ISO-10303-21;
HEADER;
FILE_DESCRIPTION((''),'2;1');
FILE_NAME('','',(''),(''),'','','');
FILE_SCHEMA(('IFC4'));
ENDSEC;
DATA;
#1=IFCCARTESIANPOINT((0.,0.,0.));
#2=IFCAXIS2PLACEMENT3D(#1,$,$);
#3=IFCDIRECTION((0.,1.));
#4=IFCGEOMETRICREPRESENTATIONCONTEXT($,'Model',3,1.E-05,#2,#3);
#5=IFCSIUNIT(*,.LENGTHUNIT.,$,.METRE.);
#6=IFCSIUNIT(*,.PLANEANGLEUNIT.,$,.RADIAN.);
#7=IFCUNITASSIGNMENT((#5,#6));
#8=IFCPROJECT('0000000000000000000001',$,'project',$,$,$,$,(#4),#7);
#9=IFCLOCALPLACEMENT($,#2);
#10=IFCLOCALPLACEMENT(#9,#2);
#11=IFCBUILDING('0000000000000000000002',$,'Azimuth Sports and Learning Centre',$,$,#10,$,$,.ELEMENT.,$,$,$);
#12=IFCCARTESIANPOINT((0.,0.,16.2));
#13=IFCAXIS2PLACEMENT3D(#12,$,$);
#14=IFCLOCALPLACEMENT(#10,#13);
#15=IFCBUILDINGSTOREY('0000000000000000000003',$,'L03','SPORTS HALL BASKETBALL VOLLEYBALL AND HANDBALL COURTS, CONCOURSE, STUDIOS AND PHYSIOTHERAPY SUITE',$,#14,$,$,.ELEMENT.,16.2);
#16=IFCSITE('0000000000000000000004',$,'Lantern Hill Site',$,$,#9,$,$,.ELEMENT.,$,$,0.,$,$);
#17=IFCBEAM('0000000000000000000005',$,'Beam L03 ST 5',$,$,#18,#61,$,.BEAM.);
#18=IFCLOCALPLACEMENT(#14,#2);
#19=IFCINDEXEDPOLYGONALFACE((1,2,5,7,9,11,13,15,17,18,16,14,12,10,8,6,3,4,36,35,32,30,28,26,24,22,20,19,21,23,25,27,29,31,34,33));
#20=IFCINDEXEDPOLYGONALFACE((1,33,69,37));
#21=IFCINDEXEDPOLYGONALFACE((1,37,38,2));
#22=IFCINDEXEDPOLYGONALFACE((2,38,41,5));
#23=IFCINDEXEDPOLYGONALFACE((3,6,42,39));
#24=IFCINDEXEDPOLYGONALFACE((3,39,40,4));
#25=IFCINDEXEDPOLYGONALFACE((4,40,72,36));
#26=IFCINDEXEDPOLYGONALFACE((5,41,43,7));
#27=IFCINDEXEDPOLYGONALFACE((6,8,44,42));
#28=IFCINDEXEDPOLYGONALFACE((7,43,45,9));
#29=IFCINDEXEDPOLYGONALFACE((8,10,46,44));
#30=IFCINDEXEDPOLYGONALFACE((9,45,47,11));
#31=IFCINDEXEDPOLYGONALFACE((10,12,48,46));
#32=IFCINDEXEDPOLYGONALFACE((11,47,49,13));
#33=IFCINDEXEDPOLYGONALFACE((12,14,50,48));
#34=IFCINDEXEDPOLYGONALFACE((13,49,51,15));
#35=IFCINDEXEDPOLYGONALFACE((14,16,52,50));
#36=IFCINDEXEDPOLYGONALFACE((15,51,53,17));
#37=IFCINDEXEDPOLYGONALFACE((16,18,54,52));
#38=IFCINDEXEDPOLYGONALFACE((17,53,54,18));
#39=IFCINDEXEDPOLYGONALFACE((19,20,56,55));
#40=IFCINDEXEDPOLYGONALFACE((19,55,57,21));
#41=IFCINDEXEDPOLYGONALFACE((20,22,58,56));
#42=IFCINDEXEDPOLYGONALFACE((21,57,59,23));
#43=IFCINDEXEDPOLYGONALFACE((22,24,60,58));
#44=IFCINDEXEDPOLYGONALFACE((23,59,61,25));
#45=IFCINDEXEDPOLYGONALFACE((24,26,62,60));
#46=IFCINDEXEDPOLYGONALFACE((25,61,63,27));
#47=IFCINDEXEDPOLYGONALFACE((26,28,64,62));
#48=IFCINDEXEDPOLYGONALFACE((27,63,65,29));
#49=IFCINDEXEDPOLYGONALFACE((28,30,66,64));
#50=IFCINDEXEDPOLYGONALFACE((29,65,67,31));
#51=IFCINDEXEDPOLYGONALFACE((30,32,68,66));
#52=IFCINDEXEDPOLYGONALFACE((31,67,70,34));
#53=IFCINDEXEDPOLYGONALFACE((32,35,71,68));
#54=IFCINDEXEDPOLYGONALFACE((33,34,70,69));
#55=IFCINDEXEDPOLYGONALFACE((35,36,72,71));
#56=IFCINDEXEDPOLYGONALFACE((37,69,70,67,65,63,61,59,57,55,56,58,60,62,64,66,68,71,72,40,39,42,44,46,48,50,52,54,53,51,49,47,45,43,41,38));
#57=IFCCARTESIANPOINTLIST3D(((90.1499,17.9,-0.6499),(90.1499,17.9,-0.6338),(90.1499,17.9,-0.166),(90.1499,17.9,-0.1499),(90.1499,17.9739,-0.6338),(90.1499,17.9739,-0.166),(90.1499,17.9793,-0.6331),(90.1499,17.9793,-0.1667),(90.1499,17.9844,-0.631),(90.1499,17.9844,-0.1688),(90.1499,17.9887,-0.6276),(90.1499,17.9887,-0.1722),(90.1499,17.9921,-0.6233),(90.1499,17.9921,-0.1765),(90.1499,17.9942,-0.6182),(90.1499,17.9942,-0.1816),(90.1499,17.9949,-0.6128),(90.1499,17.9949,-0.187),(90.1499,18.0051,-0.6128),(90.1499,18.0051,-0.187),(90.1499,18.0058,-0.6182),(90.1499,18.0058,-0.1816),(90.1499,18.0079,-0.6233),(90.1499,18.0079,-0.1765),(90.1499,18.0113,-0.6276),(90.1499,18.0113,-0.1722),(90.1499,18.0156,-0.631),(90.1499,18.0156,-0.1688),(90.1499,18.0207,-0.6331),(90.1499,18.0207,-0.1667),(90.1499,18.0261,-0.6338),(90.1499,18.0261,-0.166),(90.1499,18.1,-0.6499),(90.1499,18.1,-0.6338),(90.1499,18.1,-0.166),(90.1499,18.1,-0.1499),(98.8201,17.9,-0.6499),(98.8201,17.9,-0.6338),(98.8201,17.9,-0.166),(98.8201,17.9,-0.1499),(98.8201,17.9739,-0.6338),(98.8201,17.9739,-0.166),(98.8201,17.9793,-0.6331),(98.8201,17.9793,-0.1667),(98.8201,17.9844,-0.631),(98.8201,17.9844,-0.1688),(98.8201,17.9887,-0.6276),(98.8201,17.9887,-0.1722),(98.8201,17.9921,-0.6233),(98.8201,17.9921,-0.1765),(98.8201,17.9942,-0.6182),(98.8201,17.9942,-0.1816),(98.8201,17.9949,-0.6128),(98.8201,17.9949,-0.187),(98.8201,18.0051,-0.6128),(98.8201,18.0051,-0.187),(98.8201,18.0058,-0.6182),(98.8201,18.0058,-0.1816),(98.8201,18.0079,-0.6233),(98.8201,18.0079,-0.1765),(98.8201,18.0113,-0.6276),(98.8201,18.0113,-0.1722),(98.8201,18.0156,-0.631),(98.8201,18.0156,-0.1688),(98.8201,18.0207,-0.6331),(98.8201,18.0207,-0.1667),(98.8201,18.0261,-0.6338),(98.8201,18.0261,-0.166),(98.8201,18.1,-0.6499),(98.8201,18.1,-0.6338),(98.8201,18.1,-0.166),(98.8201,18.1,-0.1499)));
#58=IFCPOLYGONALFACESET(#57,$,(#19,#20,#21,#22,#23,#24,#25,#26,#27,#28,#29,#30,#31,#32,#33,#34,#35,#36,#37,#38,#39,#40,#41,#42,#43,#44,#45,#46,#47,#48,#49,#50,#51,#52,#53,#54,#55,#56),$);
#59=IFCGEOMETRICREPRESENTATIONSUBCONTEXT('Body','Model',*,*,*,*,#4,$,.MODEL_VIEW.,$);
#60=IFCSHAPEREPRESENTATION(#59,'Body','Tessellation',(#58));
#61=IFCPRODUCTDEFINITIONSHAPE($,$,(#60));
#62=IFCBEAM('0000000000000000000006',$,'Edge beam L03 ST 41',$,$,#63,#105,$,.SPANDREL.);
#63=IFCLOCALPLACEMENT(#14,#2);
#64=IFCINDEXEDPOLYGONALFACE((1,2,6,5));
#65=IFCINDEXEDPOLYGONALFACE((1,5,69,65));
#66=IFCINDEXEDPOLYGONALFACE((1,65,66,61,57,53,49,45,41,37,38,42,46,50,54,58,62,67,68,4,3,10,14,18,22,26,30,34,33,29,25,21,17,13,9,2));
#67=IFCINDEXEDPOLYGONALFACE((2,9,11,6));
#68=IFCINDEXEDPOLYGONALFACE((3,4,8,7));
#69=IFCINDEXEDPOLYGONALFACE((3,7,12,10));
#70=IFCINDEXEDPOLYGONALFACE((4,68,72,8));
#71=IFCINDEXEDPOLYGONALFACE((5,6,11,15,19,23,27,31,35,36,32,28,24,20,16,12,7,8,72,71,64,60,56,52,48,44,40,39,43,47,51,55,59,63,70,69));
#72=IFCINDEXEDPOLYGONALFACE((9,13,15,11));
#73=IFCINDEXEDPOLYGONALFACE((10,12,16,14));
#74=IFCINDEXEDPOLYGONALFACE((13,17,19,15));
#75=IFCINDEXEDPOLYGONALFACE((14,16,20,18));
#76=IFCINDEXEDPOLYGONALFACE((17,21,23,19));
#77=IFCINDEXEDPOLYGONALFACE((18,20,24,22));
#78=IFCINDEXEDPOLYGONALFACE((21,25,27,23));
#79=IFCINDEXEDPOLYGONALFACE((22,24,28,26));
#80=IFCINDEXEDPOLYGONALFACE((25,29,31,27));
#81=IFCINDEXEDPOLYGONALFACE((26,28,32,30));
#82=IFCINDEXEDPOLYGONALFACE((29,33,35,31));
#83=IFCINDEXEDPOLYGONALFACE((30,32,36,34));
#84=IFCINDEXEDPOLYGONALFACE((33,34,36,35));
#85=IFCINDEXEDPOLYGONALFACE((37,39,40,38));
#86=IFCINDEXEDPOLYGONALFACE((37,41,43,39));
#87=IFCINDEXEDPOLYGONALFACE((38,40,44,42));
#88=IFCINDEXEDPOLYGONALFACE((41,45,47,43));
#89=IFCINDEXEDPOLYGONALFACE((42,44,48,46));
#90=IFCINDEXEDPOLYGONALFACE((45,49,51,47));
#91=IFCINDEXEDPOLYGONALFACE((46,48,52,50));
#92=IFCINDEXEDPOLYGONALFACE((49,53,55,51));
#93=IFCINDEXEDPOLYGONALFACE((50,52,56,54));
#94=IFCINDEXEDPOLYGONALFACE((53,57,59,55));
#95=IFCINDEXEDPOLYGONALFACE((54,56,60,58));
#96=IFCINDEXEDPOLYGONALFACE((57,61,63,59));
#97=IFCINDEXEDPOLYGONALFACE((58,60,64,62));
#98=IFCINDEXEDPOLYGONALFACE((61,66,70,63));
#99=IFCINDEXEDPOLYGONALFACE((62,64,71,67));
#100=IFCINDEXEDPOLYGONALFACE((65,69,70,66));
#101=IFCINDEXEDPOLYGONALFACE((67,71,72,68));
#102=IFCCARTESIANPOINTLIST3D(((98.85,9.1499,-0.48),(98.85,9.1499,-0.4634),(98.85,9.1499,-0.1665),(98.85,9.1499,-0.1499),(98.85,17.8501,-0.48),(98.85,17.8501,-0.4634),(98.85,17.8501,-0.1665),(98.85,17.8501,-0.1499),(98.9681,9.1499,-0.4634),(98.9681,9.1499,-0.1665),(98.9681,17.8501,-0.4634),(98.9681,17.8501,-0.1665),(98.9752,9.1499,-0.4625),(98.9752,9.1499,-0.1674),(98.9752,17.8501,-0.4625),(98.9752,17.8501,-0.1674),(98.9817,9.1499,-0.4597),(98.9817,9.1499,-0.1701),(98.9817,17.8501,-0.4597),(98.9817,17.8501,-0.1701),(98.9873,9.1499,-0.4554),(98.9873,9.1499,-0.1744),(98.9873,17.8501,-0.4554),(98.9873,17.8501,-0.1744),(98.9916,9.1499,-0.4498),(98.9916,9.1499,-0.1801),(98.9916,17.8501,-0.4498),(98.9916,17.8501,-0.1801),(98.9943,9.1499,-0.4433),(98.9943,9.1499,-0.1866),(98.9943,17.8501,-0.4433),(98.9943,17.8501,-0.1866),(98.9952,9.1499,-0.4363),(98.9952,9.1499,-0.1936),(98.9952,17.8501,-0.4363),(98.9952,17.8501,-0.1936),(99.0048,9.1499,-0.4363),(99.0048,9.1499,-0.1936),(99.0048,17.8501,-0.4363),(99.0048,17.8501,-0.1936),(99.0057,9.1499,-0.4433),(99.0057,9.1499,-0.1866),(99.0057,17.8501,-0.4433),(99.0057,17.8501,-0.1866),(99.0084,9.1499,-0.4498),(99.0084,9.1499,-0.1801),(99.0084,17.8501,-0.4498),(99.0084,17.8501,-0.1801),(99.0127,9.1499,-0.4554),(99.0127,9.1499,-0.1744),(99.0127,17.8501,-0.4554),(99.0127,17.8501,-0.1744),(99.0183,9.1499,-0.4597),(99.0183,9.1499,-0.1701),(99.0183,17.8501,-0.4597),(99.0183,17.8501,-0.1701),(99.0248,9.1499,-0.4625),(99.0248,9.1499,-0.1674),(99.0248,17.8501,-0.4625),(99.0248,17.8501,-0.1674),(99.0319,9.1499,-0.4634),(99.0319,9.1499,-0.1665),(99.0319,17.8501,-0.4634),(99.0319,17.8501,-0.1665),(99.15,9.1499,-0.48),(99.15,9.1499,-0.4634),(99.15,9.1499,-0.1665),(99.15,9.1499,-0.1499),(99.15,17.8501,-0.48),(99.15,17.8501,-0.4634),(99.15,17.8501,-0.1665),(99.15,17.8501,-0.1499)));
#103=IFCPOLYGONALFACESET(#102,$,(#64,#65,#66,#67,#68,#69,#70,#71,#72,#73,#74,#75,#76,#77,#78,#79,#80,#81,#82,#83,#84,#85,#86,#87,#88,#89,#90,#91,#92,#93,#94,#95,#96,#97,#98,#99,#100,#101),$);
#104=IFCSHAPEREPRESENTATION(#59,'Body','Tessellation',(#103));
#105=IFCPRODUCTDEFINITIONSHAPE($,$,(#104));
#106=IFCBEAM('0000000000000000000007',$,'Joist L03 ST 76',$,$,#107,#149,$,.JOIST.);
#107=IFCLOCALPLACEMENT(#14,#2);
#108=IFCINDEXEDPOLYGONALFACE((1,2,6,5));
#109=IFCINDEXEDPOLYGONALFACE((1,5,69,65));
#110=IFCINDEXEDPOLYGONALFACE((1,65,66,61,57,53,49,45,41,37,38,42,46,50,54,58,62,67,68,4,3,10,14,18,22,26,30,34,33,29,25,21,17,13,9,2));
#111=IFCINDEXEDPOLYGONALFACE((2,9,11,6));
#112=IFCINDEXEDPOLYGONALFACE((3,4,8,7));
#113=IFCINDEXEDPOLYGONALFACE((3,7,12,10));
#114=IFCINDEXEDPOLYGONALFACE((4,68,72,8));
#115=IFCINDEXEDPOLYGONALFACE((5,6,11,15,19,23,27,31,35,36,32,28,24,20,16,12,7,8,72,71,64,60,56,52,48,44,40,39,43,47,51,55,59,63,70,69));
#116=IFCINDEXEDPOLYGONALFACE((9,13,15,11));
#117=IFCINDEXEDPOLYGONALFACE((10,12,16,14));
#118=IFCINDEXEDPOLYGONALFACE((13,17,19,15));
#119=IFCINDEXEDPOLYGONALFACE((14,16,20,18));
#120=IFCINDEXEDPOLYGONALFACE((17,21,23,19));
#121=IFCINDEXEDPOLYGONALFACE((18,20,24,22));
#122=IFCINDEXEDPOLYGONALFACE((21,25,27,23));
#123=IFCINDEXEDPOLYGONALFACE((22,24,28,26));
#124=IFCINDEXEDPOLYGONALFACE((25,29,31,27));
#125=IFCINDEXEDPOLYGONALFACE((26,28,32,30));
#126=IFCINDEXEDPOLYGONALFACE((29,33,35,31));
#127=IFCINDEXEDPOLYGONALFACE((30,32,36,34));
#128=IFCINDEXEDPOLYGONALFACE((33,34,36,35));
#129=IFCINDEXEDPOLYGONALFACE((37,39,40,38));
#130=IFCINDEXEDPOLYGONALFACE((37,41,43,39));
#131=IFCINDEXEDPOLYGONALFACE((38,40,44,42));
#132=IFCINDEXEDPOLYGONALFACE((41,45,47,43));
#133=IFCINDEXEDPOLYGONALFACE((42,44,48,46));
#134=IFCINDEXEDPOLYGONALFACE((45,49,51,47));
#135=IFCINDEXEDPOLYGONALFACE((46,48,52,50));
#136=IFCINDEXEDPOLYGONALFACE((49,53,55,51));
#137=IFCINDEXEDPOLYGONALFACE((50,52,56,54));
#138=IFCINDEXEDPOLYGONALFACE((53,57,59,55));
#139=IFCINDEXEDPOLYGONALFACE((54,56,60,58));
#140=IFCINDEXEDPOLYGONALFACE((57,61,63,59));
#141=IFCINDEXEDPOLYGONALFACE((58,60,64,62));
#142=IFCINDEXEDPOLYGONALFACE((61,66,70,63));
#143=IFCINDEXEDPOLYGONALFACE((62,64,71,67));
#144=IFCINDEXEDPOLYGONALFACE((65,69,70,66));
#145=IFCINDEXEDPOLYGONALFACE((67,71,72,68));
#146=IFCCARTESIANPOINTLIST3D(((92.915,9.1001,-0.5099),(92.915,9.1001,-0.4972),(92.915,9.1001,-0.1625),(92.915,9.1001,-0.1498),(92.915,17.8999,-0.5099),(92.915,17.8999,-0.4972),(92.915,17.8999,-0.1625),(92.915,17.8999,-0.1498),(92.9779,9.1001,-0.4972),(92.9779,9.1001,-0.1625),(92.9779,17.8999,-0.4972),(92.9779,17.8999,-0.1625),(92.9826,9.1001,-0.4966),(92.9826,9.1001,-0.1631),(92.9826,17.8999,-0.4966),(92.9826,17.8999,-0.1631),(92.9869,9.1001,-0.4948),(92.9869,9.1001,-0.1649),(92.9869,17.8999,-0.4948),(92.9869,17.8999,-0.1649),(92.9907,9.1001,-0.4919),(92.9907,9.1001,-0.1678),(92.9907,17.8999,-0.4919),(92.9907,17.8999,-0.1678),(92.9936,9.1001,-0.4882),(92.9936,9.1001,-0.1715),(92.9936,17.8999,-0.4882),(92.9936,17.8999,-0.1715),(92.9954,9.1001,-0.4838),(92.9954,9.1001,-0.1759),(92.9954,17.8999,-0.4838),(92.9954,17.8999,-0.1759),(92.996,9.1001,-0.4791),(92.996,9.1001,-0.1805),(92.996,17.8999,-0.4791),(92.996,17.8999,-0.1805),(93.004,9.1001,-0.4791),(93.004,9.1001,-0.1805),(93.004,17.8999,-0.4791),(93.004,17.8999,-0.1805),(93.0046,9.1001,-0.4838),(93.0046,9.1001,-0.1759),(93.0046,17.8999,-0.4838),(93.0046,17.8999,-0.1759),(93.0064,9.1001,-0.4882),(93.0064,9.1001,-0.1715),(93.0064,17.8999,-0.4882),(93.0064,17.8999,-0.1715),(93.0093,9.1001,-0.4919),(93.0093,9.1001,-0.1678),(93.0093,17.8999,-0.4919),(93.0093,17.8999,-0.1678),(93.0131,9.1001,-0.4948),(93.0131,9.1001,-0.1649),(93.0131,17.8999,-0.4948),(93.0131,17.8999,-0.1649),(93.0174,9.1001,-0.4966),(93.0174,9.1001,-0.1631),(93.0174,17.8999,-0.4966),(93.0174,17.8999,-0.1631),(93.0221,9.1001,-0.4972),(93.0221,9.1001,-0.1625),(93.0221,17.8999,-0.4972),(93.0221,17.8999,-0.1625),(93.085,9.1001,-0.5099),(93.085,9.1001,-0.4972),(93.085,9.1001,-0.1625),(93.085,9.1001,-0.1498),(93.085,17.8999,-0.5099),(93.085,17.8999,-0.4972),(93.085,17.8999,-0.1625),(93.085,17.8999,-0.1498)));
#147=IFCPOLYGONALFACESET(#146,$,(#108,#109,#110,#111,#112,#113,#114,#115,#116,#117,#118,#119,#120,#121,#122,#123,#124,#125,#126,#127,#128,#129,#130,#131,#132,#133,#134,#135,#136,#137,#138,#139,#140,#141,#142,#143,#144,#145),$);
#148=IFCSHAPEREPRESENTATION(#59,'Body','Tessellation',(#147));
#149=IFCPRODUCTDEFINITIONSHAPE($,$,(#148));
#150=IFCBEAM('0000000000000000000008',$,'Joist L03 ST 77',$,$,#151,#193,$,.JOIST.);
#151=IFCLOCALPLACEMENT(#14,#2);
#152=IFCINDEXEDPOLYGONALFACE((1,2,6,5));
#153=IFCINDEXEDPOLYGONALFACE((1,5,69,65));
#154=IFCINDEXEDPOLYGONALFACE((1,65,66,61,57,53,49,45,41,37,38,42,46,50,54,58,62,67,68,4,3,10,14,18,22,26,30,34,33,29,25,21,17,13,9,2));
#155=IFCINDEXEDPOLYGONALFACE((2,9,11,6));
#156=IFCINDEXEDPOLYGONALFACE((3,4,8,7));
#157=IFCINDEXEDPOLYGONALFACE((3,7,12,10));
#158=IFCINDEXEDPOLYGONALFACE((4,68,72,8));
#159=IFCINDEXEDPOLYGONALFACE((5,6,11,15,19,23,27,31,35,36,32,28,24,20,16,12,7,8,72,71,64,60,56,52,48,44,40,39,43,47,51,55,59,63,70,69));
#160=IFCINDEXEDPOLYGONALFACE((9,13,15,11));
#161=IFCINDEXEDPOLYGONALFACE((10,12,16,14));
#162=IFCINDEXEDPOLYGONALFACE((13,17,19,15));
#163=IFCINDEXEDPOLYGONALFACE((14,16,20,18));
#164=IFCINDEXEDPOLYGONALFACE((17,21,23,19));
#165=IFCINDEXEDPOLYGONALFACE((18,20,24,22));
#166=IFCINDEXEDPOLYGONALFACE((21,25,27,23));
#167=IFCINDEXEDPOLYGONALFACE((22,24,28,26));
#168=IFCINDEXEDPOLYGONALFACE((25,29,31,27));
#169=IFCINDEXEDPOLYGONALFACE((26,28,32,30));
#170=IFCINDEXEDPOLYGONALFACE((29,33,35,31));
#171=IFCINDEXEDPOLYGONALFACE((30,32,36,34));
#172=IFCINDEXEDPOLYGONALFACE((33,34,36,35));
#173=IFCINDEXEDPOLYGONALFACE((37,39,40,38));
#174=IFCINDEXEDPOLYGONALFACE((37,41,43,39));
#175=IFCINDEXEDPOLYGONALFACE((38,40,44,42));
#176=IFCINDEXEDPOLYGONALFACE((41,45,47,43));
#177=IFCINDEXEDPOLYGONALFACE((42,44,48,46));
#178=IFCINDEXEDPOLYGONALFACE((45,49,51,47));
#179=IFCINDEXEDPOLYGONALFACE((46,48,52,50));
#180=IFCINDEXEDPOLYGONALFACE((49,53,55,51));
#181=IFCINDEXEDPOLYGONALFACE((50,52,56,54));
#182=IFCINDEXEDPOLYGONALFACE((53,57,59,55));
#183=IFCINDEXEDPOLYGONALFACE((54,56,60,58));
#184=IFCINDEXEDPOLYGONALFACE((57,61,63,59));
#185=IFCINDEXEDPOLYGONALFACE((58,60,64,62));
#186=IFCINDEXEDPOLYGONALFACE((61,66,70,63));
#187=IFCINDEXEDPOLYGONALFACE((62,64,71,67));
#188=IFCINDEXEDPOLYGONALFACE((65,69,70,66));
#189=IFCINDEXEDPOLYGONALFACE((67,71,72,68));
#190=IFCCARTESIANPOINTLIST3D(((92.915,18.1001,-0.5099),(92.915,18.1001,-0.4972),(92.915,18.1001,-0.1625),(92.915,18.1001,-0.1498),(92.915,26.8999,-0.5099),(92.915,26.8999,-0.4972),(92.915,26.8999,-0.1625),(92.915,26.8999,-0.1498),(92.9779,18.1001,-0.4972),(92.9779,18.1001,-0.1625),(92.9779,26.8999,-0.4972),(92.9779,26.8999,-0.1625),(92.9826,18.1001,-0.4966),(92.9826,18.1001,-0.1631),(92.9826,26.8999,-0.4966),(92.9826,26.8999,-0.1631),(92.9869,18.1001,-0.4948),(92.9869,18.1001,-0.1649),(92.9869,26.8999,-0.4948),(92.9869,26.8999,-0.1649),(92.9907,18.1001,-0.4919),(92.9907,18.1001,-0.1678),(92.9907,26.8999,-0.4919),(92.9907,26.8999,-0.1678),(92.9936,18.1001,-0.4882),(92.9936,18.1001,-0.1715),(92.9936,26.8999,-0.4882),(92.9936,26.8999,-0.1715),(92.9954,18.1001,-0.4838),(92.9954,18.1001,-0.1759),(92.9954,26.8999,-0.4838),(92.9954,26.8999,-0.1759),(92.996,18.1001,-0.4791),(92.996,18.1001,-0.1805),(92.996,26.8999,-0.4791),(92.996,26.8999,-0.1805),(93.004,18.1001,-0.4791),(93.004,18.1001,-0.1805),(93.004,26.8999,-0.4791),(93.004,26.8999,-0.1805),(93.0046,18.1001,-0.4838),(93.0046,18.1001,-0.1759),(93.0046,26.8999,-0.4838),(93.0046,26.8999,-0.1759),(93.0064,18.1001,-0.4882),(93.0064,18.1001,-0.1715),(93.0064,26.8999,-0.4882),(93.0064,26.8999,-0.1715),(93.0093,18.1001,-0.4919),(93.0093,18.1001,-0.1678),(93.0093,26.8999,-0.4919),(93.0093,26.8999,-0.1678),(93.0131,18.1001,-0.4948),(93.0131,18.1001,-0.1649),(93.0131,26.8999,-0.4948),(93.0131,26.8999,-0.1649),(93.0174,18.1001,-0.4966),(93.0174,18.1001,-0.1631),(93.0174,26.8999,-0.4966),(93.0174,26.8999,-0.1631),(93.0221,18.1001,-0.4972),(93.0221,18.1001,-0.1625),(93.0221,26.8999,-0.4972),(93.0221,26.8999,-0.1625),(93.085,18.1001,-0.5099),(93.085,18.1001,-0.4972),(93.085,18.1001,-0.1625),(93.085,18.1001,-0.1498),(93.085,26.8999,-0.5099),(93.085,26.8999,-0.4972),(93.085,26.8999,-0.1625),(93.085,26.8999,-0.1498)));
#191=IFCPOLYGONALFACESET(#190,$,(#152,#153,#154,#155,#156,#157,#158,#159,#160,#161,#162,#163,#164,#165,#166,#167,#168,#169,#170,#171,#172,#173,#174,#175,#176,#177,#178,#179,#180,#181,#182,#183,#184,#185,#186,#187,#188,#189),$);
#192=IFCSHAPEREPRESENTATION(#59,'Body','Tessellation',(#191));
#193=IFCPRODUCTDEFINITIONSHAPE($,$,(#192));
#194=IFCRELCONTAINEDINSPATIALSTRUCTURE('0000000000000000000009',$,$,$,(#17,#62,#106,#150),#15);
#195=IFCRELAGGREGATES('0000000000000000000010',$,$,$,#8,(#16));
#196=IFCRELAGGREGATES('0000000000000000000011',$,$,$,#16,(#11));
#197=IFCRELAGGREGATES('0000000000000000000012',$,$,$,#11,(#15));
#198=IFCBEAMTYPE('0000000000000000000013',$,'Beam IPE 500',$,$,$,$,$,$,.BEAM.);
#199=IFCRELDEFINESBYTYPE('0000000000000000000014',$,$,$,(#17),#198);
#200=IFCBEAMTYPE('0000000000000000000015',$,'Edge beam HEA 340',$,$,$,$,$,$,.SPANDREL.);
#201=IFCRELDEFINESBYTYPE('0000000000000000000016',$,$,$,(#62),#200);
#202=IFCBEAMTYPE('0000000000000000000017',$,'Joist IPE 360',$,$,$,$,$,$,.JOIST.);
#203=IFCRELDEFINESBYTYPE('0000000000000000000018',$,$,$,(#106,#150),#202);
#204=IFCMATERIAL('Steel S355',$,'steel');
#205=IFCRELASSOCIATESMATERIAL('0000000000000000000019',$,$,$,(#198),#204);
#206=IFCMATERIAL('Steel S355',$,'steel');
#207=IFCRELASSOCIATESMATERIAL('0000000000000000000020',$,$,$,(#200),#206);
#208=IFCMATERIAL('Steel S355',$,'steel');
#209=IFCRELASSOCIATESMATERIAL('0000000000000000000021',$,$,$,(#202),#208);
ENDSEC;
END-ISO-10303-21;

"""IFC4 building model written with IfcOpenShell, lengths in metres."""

from ifc_helpers import new_model, si_unit, direction, frame, origin, origin_2d, place, context, subcontext, project, spatial, i_section, extrude, material, material_profile, profile_set, type_object, element, save


model = new_model("IFC4")

# Units and contexts
model_context = context("Model", 3, precision=1e-05, world=origin(), true_north=direction((0.0, 1.0)))
body_context = subcontext(model_context, "Body", "Model", "MODEL_VIEW")
ifc_project = project(units=[si_unit("LENGTHUNIT", "METRE"), si_unit("PLANEANGLEUNIT", "RADIAN")], contexts=[model_context])

# Site, building, storey
site_placement = place(None, origin())
site = spatial("IfcSite", under=ifc_project, at=site_placement, Name="Lantern Hill Site", CompositionType="ELEMENT", RefElevation=0.0)
building_placement = place(site_placement, origin())
building = spatial("IfcBuilding", under=site, at=building_placement, Name="Azimuth Sports and Learning Centre", CompositionType="ELEMENT")
storey_placement = place(building_placement, frame((0.0, 0.0, 16.2)))
storey = spatial("IfcBuildingStorey", under=building, at=storey_placement, Name="L03", Description="SPORTS HALL BASKETBALL VOLLEYBALL AND HANDBALL COURTS, CONCOURSE, STUDIOS AND PHYSIOTHERAPY SUITE", CompositionType="ELEMENT", Elevation=16.2)

# Beams
ifc_material_1 = material(Name="Steel S355", Category="steel")
ifc_material_profile_1 = material_profile(ifc_material_1, i_section(OverallWidth=0.2, OverallDepth=0.5, WebThickness=0.0103, FlangeThickness=0.0161, FilletRadius=0.021, at=origin_2d()), Name="IPE 500")
ifc_profile_set_1 = profile_set([ifc_material_profile_1], Name="Steel S355")
beam_type_1 = type_object("IfcBeamType", Name="Beam IPE 500", PredefinedType="BEAM", material=ifc_profile_set_1)
beam_1_placement = place(storey_placement, frame((90.1499, 18.0, -0.3999), z_axis=(1.0, 0.0, 0.0), x_axis=(0.0, 1.0, 0.0)))
element("IfcBeam", 1, at=beam_1_placement, inside=storey, type_object=beam_type_1, Name="Beam L03 ST 5", PredefinedType="BEAM", context=body_context, shape_type="SweptSolid", body=[
    extrude(i_section(OverallWidth=0.2, OverallDepth=0.5, WebThickness=0.0103, FlangeThickness=0.0161, FilletRadius=0.021, at=origin_2d()), origin(), (0.0, 0.0, 1.0), 8.6702),
])
ifc_material_2 = material(Name="Steel S355", Category="steel")
ifc_material_profile_2 = material_profile(ifc_material_2, i_section(OverallWidth=0.3, OverallDepth=0.3301, WebThickness=0.0095, FlangeThickness=0.0166, FilletRadius=0.0271, at=origin_2d()), Name="HEA 340")
ifc_profile_set_2 = profile_set([ifc_material_profile_2], Name="Steel S355")
beam_type_2 = type_object("IfcBeamType", Name="Edge beam HEA 340", PredefinedType="SPANDREL", material=ifc_profile_set_2)
beam_2_placement = place(storey_placement, frame((99.0, 9.1499, -0.3149), z_axis=(0.0, 1.0, 0.0), x_axis=(-1.0, 0.0, 0.0)))
element("IfcBeam", 2, at=beam_2_placement, inside=storey, type_object=beam_type_2, Name="Edge beam L03 ST 41", PredefinedType="SPANDREL", context=body_context, shape_type="SweptSolid", body=[
    extrude(i_section(OverallWidth=0.3, OverallDepth=0.3301, WebThickness=0.0095, FlangeThickness=0.0166, FilletRadius=0.0271, at=origin_2d()), origin(), (0.0, 0.0, 1.0), 8.7002),
])
ifc_material_3 = material(Name="Steel S355", Category="steel")
ifc_material_profile_3 = material_profile(ifc_material_3, i_section(OverallWidth=0.1699, OverallDepth=0.3601, WebThickness=0.0081, FlangeThickness=0.0127, FilletRadius=0.0181, at=origin_2d()), Name="IPE 360")
ifc_profile_set_3 = profile_set([ifc_material_profile_3], Name="Steel S355")
beam_type_3 = type_object("IfcBeamType", Name="Joist IPE 360", PredefinedType="JOIST", material=ifc_profile_set_3)
for number, where, z_axis, x_axis, name in (
    (3, (93.0, 9.1001, -0.3298), (0.0, 1.0, 0.0), (-1.0, 0.0, 0.0), "Joist L03 ST 76"),
    (4, (93.0, 18.1001, -0.3298), (0.0, 1.0, 0.0), (-1.0, 0.0, 0.0), "Joist L03 ST 77"),
):
    element("IfcBeam", number, at=place(storey_placement, frame(where, z_axis=z_axis, x_axis=x_axis)), inside=storey, type_object=beam_type_3, Name=name, PredefinedType="JOIST", context=body_context, shape_type="SweptSolid", body=[
        extrude(i_section(OverallWidth=0.1699, OverallDepth=0.3601, WebThickness=0.0081, FlangeThickness=0.0127, FilletRadius=0.0181, at=origin_2d()), origin(), (0.0, 0.0, 1.0), 8.7998),
    ])

save(model, "model.ifc")
